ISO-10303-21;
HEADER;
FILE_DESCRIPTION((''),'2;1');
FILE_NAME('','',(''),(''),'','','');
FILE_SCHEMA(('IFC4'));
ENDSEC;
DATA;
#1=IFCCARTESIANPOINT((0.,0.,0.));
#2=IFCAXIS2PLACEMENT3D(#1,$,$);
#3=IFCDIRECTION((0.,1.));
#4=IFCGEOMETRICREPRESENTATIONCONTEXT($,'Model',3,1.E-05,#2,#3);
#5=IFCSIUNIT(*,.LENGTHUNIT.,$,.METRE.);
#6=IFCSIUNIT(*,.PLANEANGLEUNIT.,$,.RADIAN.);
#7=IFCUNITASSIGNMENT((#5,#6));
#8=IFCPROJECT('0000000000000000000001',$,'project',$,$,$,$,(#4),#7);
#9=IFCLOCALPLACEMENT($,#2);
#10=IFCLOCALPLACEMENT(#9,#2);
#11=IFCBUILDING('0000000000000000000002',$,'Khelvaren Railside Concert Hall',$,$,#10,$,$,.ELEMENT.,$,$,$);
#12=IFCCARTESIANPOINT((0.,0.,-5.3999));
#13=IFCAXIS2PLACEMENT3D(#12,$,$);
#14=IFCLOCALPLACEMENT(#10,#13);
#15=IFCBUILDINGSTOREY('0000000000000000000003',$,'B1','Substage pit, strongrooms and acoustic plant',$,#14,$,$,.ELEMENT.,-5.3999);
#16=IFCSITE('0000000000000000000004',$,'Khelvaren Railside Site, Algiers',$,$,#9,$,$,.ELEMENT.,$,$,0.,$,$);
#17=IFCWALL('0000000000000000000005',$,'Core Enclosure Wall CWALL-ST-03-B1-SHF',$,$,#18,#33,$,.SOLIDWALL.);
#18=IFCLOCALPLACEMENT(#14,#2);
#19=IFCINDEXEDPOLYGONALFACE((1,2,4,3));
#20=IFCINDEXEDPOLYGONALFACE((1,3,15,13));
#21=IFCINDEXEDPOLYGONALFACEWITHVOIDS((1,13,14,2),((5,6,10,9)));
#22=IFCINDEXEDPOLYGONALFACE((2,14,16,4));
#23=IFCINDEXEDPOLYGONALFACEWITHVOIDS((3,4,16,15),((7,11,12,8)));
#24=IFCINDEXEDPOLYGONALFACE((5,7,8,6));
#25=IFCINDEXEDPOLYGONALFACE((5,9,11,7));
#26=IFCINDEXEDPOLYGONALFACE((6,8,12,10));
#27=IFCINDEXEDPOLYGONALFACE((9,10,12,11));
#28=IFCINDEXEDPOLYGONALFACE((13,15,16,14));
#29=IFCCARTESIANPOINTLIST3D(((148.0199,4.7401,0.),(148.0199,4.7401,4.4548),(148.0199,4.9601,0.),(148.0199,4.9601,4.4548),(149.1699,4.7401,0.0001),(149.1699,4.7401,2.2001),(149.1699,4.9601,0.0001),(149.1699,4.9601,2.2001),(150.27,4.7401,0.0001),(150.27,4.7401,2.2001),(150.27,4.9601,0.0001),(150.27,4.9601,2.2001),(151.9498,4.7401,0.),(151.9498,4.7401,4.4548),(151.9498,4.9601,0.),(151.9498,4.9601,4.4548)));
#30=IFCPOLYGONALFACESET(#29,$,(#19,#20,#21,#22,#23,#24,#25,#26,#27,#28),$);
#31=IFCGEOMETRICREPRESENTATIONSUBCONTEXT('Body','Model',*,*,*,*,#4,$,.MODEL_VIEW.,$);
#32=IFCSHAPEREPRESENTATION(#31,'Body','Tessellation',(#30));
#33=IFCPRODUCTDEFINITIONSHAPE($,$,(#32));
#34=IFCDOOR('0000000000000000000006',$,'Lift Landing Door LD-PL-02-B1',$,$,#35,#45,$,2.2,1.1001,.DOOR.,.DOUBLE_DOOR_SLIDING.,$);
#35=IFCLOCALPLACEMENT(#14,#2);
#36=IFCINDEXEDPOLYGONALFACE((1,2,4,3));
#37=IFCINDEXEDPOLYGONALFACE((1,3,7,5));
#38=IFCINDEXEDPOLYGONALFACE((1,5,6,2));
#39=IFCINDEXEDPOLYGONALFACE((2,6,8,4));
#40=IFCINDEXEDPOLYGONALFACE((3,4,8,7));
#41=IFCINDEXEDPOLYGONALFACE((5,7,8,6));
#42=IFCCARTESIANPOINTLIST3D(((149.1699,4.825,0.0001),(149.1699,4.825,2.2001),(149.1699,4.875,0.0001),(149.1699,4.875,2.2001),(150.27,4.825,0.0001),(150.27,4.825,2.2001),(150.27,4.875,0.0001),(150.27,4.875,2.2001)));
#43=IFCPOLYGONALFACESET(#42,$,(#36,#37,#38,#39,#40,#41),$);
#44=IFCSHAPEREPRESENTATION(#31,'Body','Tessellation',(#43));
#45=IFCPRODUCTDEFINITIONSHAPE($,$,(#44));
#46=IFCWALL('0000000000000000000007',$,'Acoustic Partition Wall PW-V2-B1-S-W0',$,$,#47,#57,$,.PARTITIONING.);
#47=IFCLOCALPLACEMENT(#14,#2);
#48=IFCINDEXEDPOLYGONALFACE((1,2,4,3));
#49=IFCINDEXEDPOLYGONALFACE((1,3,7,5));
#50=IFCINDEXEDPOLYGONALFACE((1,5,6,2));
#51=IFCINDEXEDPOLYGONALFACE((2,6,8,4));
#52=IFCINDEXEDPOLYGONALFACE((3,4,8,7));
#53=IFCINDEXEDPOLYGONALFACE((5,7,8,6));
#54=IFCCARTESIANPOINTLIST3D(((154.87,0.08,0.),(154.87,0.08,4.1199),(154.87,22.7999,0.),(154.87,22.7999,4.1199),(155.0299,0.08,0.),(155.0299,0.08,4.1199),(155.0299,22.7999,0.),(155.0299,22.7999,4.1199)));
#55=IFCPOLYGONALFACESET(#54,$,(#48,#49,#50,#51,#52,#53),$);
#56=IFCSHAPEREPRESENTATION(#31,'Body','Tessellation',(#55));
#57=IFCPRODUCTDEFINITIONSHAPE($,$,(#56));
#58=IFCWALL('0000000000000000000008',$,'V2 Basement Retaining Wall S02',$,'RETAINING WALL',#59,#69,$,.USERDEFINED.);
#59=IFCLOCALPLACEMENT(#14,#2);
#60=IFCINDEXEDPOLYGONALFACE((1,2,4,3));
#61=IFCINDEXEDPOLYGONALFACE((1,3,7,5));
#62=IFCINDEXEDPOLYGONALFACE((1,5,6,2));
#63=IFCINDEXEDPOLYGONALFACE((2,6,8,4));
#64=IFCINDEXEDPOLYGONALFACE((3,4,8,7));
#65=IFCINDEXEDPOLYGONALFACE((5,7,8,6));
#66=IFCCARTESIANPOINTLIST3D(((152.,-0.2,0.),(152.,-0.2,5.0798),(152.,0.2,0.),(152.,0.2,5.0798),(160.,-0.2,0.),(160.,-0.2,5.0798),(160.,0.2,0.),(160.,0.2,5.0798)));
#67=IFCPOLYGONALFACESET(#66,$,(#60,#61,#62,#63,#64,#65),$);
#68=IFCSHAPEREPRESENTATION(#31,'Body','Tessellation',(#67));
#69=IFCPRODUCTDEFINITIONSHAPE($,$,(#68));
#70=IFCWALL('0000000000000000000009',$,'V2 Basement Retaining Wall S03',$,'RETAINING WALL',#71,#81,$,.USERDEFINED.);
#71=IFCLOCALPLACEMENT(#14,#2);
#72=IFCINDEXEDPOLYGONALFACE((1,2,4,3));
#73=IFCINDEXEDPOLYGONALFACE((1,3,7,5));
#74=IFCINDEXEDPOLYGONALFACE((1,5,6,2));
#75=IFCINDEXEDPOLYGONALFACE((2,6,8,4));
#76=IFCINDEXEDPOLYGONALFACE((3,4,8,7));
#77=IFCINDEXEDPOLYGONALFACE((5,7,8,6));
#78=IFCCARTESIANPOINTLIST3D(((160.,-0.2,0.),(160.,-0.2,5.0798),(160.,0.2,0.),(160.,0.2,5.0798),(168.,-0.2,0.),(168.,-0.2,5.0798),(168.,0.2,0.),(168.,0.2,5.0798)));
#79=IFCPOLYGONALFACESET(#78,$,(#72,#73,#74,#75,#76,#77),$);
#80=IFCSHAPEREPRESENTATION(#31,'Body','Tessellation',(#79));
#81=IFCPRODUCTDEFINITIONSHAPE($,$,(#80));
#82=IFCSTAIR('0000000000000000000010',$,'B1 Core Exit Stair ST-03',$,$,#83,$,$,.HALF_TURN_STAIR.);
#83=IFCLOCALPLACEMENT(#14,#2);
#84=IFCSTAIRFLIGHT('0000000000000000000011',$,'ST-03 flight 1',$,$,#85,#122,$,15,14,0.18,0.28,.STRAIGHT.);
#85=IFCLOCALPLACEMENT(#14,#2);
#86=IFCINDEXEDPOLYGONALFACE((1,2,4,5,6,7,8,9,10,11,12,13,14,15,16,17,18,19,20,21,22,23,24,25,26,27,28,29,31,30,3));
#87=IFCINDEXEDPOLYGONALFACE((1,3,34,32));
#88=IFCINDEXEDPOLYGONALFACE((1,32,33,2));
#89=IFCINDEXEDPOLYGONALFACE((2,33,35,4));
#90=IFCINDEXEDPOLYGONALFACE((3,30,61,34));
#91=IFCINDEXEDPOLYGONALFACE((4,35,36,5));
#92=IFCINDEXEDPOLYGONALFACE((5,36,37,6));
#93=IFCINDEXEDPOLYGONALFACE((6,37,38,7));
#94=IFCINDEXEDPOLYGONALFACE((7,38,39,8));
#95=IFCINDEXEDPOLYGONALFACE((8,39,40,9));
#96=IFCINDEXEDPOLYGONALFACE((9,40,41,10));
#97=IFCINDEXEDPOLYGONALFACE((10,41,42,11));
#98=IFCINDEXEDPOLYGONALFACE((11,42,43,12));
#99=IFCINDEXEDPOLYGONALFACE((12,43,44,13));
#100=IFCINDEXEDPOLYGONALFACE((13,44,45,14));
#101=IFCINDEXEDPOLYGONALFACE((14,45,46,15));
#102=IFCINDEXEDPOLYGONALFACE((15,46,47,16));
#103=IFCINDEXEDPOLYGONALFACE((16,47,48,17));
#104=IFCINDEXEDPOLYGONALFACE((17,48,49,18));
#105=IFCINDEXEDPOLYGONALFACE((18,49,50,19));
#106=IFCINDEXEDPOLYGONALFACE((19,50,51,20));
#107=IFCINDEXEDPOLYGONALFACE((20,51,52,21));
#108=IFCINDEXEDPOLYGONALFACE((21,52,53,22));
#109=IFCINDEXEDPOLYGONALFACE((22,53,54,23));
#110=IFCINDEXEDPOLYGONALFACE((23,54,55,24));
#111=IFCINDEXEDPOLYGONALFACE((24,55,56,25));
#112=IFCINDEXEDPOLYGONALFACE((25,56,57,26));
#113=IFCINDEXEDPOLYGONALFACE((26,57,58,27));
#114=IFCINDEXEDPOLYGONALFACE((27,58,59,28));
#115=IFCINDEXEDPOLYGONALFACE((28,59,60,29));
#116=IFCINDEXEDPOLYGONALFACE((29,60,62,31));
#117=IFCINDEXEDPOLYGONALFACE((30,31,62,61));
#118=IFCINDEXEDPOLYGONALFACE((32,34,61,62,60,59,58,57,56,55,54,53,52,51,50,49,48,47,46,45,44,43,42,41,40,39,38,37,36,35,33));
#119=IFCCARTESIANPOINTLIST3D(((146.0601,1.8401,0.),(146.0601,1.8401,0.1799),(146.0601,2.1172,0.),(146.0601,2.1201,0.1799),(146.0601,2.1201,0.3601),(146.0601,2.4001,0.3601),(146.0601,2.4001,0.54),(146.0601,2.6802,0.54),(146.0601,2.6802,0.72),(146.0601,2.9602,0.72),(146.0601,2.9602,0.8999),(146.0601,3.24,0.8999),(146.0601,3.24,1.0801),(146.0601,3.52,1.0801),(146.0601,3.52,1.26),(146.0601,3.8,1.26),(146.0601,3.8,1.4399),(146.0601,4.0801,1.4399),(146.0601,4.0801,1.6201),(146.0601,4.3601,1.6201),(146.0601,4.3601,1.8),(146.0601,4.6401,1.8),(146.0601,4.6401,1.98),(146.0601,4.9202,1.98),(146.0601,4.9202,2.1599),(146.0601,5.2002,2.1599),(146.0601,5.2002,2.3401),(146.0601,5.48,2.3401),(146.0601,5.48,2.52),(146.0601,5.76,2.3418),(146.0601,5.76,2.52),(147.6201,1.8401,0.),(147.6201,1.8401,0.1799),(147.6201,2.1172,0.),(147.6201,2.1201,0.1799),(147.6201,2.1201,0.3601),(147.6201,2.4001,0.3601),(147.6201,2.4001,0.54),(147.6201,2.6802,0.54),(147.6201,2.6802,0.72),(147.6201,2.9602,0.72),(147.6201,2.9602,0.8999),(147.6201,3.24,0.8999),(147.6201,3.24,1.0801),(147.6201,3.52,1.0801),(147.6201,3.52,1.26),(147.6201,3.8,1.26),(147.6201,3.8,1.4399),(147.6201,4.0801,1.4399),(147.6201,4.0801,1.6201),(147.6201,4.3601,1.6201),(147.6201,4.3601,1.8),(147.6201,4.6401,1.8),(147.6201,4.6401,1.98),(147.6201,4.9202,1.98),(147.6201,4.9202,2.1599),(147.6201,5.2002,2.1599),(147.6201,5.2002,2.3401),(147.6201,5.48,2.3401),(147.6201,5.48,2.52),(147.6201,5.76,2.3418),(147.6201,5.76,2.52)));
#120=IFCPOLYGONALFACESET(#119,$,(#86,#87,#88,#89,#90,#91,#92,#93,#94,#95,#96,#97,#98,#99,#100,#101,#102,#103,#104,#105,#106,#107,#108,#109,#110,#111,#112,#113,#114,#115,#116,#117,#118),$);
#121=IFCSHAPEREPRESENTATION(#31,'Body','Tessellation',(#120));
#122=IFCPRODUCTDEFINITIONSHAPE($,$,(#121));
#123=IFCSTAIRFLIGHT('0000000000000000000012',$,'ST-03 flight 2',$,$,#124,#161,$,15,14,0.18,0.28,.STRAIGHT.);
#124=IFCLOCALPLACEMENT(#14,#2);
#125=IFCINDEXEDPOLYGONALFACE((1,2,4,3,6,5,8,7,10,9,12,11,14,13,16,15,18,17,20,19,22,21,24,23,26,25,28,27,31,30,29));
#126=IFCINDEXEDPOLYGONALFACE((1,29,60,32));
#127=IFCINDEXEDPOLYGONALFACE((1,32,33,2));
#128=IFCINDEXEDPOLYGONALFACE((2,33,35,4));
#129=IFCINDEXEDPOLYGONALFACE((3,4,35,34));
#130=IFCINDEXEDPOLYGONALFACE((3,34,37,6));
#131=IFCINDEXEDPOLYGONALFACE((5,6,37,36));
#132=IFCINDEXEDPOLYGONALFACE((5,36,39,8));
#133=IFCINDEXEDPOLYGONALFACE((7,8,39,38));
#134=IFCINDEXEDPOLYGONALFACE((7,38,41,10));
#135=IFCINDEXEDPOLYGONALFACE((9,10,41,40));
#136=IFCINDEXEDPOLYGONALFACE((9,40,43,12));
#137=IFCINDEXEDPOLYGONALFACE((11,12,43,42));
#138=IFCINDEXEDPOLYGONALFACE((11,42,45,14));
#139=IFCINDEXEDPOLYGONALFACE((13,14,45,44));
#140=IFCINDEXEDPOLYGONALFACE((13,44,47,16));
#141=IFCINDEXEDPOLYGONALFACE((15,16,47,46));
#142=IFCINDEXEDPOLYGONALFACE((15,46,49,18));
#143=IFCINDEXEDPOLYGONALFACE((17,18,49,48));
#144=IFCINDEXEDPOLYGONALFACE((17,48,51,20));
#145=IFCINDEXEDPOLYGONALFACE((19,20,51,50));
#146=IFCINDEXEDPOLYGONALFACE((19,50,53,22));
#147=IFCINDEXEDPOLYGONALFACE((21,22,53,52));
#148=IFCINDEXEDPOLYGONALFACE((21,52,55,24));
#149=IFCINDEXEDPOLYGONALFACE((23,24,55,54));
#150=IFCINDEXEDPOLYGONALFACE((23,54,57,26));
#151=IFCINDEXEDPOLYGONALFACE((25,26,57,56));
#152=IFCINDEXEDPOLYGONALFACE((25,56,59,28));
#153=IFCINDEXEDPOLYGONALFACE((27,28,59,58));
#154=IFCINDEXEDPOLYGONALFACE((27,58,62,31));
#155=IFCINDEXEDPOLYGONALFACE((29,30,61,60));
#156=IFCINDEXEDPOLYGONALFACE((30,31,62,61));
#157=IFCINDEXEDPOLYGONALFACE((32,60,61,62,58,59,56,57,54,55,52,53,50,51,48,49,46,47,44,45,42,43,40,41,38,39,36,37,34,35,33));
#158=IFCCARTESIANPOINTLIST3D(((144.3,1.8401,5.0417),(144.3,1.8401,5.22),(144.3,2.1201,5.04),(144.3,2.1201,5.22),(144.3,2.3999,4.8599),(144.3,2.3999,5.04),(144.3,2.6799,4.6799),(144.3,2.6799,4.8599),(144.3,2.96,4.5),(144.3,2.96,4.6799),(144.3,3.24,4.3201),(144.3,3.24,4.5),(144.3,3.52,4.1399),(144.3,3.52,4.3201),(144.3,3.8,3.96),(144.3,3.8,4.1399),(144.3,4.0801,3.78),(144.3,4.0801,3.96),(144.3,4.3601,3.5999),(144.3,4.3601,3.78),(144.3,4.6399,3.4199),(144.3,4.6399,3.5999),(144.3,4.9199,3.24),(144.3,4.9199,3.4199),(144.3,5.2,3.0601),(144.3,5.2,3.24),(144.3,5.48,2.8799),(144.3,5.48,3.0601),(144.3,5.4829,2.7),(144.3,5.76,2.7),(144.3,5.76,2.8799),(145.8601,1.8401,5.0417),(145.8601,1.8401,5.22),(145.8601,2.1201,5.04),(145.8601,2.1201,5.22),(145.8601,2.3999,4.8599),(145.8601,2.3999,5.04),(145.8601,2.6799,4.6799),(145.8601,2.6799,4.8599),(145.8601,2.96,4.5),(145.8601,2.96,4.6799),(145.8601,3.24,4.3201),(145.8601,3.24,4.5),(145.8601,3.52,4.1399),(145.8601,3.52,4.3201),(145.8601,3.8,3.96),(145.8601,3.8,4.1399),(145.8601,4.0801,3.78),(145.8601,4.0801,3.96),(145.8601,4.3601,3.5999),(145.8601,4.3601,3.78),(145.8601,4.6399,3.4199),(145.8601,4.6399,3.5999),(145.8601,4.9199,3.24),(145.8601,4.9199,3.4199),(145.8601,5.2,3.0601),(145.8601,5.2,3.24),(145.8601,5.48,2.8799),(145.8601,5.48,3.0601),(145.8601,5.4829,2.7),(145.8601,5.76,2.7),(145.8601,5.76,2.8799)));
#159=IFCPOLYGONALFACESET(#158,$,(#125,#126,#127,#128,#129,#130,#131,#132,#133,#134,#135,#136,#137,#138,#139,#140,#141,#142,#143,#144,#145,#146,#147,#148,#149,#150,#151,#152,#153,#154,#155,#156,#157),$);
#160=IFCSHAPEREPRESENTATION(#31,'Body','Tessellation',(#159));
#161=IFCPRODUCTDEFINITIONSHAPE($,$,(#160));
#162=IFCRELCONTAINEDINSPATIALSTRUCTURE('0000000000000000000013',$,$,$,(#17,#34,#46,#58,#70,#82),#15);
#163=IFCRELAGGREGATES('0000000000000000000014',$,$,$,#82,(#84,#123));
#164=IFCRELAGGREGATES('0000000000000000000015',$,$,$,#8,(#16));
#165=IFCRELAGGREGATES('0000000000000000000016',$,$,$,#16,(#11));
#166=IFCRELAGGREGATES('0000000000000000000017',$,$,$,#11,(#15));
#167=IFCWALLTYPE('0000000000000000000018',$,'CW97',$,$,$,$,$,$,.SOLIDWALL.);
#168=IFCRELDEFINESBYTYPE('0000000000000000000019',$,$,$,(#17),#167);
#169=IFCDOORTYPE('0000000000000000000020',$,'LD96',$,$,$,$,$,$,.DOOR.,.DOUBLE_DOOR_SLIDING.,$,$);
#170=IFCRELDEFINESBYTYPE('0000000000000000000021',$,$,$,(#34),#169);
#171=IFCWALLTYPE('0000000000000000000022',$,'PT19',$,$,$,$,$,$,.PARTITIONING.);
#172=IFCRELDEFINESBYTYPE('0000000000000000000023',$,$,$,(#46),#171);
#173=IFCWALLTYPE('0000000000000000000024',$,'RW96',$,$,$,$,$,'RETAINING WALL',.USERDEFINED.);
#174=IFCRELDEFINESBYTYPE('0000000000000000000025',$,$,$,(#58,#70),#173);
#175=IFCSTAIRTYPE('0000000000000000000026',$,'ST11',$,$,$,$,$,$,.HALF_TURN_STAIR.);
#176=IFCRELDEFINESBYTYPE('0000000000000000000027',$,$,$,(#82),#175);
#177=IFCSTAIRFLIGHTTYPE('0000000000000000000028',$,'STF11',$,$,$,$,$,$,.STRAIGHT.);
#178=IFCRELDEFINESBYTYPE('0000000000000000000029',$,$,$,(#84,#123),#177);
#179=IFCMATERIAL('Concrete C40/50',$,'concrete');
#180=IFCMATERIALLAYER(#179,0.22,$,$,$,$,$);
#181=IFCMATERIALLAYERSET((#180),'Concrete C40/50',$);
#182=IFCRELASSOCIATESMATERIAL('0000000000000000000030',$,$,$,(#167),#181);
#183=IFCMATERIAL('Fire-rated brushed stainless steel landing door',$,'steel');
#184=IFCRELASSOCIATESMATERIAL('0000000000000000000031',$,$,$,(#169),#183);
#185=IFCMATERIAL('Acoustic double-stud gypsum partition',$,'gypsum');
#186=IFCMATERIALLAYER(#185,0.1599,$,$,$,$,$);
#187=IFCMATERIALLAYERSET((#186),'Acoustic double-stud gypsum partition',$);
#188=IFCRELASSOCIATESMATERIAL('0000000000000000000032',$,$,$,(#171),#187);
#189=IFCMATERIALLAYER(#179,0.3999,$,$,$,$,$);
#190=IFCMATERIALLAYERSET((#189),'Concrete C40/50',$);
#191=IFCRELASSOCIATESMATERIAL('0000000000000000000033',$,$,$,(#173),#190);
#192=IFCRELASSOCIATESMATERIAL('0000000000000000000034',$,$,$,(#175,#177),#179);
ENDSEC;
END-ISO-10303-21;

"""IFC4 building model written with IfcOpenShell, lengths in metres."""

from ifc_helpers import new_model, si_unit, direction, frame, frame_2d, origin, place, context, subcontext, project, spatial, polyline, rectangle, outline, extrude, material, layer, layer_set, type_object, element, fill, aggregate, save


model = new_model("IFC4")

# Units and contexts
model_context = context("Model", 3, precision=1e-05, world=origin(), true_north=direction((0.0, 1.0)))
body_context = subcontext(model_context, "Body", "Model", "MODEL_VIEW")
ifc_project = project(units=[si_unit("LENGTHUNIT", "METRE"), si_unit("PLANEANGLEUNIT", "RADIAN")], contexts=[model_context])

# Site, building, storey
site_placement = place(None, origin())
site = spatial("IfcSite", under=ifc_project, at=site_placement, Name="Khelvaren Railside Site, Algiers", CompositionType="ELEMENT", RefElevation=0.0)
building_placement = place(site_placement, origin())
building = spatial("IfcBuilding", under=site, at=building_placement, Name="Khelvaren Railside Concert Hall", CompositionType="ELEMENT")
storey_placement = place(building_placement, frame((0.0, 0.0, -5.3999)))
storey = spatial("IfcBuildingStorey", under=building, at=storey_placement, Name="B1", Description="Substage pit, strongrooms and acoustic plant", CompositionType="ELEMENT", Elevation=-5.3999)

# Wall, opening, door
ifc_material_1 = material(Name="Concrete C40/50", Category="concrete")
ifc_layer_1 = layer(ifc_material_1, 0.22)
ifc_layer_set_1 = layer_set([ifc_layer_1], Name="Concrete C40/50")
wall_type_1 = type_object("IfcWallType", Name="CW97", PredefinedType="SOLIDWALL", material=ifc_layer_set_1)
wall_1_placement = place(storey_placement, frame((148.02, 4.8501, 0.0), z_axis=(0.0, 0.0, 1.0), x_axis=(1.0, 0.0, 0.0)))
wall_1 = element("IfcWall", 1, at=wall_1_placement, inside=storey, type_object=wall_type_1, Name="Core Enclosure Wall CWALL-ST-03-B1-SHF", PredefinedType="SOLIDWALL", context=body_context, shape_type="SweptSolid", body=[
    extrude(rectangle(XDim=3.9299, YDim=0.22, at=frame_2d((1.9648, 0.0))), origin(), (0.0, 0.0, 1.0), 4.4548),
])
opening_1_placement = place(wall_1_placement, frame((1.1499, 0.0, 0.0)))
opening_1 = element("IfcOpeningElement", 2, at=opening_1_placement, cuts=wall_1, PredefinedType="OPENING", context=body_context, shape_type="SweptSolid", body=[
    extrude(rectangle(XDim=1.1001, YDim=2.2, at=frame_2d((0.55, 1.1001))), frame((0.0, 0.1199, 0.0), z_axis=(0.0, -1.0, 0.0), x_axis=(1.0, 0.0, 0.0)), (0.0, 0.0, 1.0), 0.24),
])
ifc_material_2 = material(Name="Fire-rated brushed stainless steel landing door", Category="steel")
door_type_1 = type_object("IfcDoorType", Name="LD96", OperationType="DOUBLE_DOOR_SLIDING", PredefinedType="DOOR", material=ifc_material_2)
door_1_placement = place(opening_1_placement, origin())
door_1 = element("IfcDoor", 3, at=door_1_placement, inside=storey, type_object=door_type_1, Name="Lift Landing Door LD-PL-02-B1", OperationType="DOUBLE_DOOR_SLIDING", OverallHeight=2.2, OverallWidth=1.1001, PredefinedType="DOOR", context=body_context, shape_type="SweptSolid", body=[
    extrude(rectangle(XDim=1.1001, YDim=2.2, at=frame_2d((0.55, 1.1001))), frame((0.0, 0.0249, 0.0), z_axis=(0.0, -1.0, 0.0), x_axis=(1.0, 0.0, 0.0)), (0.0, 0.0, 1.0), 0.05),
])
fill(opening_1, door_1)

# Walls
ifc_material_3 = material(Name="Acoustic double-stud gypsum partition", Category="gypsum")
ifc_layer_2 = layer(ifc_material_3, 0.1599)
ifc_layer_set_2 = layer_set([ifc_layer_2], Name="Acoustic double-stud gypsum partition")
wall_type_2 = type_object("IfcWallType", Name="PT19", PredefinedType="PARTITIONING", material=ifc_layer_set_2)
wall_2_placement = place(storey_placement, frame((154.95, 0.0801, 0.0), z_axis=(0.0, 0.0, 1.0), x_axis=(0.0, 1.0, 0.0)))
element("IfcWall", 4, at=wall_2_placement, inside=storey, type_object=wall_type_2, Name="Acoustic Partition Wall PW-V2-B1-S-W0", PredefinedType="PARTITIONING", context=body_context, shape_type="SweptSolid", body=[
    extrude(rectangle(XDim=22.72, YDim=0.1599, at=frame_2d((11.3599, 0.0))), origin(), (0.0, 0.0, 1.0), 4.1199),
])
ifc_layer_3 = layer(ifc_material_1, 0.3999)
ifc_layer_set_3 = layer_set([ifc_layer_3], Name="Concrete C40/50")
wall_type_3 = type_object("IfcWallType", Name="RW96", ElementType="RETAINING WALL", PredefinedType="USERDEFINED", material=ifc_layer_set_3)
for number, where, z_axis, x_axis, name in (
    (5, (152.0, 0.0, 0.0), (0.0, 0.0, 1.0), (1.0, 0.0, 0.0), "V2 Basement Retaining Wall S02"),
    (6, (160.0, 0.0, 0.0), (0.0, 0.0, 1.0), (1.0, 0.0, 0.0), "V2 Basement Retaining Wall S03"),
):
    element("IfcWall", number, at=place(storey_placement, frame(where, z_axis=z_axis, x_axis=x_axis)), inside=storey, type_object=wall_type_3, Name=name, ObjectType="RETAINING WALL", PredefinedType="USERDEFINED", context=body_context, shape_type="SweptSolid", body=[
        extrude(rectangle(XDim=8.0, YDim=0.3999, at=frame_2d((4.0, 0.0))), origin(), (0.0, 0.0, 1.0), 5.0798),
    ])

# Stair, stair flights
stair_type = type_object("IfcStairType", Name="ST11", PredefinedType="HALF_TURN_STAIR", material=ifc_material_1)
stair_placement = place(storey_placement, origin())
stair = element("IfcStair", 7, at=stair_placement, inside=storey, type_object=stair_type, Name="B1 Core Exit Stair ST-03", PredefinedType="HALF_TURN_STAIR")
stair_flight_type = type_object("IfcStairFlightType", Name="STF11", PredefinedType="STRAIGHT", material=ifc_material_1)
stair_flight_1_placement = place(storey_placement, frame((146.8401, 1.8401, 0.0), z_axis=(0.0, 0.0, 1.0), x_axis=(0.0, 1.0, 0.0)))
stair_flight_1 = element("IfcStairFlight", 8, at=stair_flight_1_placement, type_object=stair_flight_type, Name="ST-03 flight 1", NumberOfRisers=15, NumberOfTreads=14, PredefinedType="STRAIGHT", RiserHeight=0.18, TreadLength=0.28, context=body_context, shape_type="SweptSolid", body=[
    extrude(outline(polyline([(0.0, 0.0), (0.0, 0.1799), (0.28, 0.1799), (0.28, 0.3601), (0.5601, 0.3601), (0.5601, 0.54), (0.8401, 0.54), (0.8401, 0.72), (1.1201, 0.72), (1.1201, 0.8999), (1.3999, 0.8999), (1.3999, 1.0801), (1.6799, 1.0801), (1.6799, 1.26), (1.96, 1.26), (1.96, 1.4399), (2.24, 1.4399), (2.24, 1.6201), (2.52, 1.6201), (2.52, 1.8), (2.8, 1.8), (2.8, 1.98), (3.0801, 1.98), (3.0801, 2.1599), (3.3601, 2.1599), (3.3601, 2.3401), (3.6399, 2.3401), (3.6399, 2.52), (3.9199, 2.52), (3.9199, 2.7), (3.9199, 2.3418), (0.2771, 0.0), (0.0, 0.0)])), frame((0.0, 0.78, 0.0), z_axis=(0.0, -1.0, 0.0), x_axis=(1.0, 0.0, 0.0)), (0.0, 0.0, 1.0), 1.5601),
])
stair_flight_2_placement = place(storey_placement, frame((145.0801, 5.76, 2.7), z_axis=(0.0, 0.0, 1.0), x_axis=(0.0, -1.0, 0.0)))
stair_flight_2 = element("IfcStairFlight", 9, at=stair_flight_2_placement, type_object=stair_flight_type, Name="ST-03 flight 2", NumberOfRisers=15, NumberOfTreads=14, PredefinedType="STRAIGHT", RiserHeight=0.18, TreadLength=0.28, context=body_context, shape_type="SweptSolid", body=[
    extrude(outline(polyline([(0.0, 0.0), (0.0, 0.1799), (0.28, 0.1799), (0.28, 0.3601), (0.5601, 0.3601), (0.5601, 0.54), (0.8401, 0.54), (0.8401, 0.72), (1.1201, 0.72), (1.1201, 0.8999), (1.3999, 0.8999), (1.3999, 1.0801), (1.6799, 1.0801), (1.6799, 1.26), (1.96, 1.26), (1.96, 1.4399), (2.24, 1.4399), (2.24, 1.6201), (2.52, 1.6201), (2.52, 1.8), (2.8, 1.8), (2.8, 1.98), (3.0801, 1.98), (3.0801, 2.1599), (3.3601, 2.1599), (3.3601, 2.3401), (3.6399, 2.3401), (3.6399, 2.52), (3.9199, 2.52), (3.9199, 2.7), (3.9199, 2.3418), (0.2771, 0.0), (0.0, 0.0)])), frame((0.0, 0.78, 0.0), z_axis=(0.0, -1.0, 0.0), x_axis=(1.0, 0.0, 0.0)), (0.0, 0.0, 1.0), 1.5601),
])
aggregate(stair, [stair_flight_1, stair_flight_2])

save(model, "model.ifc")
